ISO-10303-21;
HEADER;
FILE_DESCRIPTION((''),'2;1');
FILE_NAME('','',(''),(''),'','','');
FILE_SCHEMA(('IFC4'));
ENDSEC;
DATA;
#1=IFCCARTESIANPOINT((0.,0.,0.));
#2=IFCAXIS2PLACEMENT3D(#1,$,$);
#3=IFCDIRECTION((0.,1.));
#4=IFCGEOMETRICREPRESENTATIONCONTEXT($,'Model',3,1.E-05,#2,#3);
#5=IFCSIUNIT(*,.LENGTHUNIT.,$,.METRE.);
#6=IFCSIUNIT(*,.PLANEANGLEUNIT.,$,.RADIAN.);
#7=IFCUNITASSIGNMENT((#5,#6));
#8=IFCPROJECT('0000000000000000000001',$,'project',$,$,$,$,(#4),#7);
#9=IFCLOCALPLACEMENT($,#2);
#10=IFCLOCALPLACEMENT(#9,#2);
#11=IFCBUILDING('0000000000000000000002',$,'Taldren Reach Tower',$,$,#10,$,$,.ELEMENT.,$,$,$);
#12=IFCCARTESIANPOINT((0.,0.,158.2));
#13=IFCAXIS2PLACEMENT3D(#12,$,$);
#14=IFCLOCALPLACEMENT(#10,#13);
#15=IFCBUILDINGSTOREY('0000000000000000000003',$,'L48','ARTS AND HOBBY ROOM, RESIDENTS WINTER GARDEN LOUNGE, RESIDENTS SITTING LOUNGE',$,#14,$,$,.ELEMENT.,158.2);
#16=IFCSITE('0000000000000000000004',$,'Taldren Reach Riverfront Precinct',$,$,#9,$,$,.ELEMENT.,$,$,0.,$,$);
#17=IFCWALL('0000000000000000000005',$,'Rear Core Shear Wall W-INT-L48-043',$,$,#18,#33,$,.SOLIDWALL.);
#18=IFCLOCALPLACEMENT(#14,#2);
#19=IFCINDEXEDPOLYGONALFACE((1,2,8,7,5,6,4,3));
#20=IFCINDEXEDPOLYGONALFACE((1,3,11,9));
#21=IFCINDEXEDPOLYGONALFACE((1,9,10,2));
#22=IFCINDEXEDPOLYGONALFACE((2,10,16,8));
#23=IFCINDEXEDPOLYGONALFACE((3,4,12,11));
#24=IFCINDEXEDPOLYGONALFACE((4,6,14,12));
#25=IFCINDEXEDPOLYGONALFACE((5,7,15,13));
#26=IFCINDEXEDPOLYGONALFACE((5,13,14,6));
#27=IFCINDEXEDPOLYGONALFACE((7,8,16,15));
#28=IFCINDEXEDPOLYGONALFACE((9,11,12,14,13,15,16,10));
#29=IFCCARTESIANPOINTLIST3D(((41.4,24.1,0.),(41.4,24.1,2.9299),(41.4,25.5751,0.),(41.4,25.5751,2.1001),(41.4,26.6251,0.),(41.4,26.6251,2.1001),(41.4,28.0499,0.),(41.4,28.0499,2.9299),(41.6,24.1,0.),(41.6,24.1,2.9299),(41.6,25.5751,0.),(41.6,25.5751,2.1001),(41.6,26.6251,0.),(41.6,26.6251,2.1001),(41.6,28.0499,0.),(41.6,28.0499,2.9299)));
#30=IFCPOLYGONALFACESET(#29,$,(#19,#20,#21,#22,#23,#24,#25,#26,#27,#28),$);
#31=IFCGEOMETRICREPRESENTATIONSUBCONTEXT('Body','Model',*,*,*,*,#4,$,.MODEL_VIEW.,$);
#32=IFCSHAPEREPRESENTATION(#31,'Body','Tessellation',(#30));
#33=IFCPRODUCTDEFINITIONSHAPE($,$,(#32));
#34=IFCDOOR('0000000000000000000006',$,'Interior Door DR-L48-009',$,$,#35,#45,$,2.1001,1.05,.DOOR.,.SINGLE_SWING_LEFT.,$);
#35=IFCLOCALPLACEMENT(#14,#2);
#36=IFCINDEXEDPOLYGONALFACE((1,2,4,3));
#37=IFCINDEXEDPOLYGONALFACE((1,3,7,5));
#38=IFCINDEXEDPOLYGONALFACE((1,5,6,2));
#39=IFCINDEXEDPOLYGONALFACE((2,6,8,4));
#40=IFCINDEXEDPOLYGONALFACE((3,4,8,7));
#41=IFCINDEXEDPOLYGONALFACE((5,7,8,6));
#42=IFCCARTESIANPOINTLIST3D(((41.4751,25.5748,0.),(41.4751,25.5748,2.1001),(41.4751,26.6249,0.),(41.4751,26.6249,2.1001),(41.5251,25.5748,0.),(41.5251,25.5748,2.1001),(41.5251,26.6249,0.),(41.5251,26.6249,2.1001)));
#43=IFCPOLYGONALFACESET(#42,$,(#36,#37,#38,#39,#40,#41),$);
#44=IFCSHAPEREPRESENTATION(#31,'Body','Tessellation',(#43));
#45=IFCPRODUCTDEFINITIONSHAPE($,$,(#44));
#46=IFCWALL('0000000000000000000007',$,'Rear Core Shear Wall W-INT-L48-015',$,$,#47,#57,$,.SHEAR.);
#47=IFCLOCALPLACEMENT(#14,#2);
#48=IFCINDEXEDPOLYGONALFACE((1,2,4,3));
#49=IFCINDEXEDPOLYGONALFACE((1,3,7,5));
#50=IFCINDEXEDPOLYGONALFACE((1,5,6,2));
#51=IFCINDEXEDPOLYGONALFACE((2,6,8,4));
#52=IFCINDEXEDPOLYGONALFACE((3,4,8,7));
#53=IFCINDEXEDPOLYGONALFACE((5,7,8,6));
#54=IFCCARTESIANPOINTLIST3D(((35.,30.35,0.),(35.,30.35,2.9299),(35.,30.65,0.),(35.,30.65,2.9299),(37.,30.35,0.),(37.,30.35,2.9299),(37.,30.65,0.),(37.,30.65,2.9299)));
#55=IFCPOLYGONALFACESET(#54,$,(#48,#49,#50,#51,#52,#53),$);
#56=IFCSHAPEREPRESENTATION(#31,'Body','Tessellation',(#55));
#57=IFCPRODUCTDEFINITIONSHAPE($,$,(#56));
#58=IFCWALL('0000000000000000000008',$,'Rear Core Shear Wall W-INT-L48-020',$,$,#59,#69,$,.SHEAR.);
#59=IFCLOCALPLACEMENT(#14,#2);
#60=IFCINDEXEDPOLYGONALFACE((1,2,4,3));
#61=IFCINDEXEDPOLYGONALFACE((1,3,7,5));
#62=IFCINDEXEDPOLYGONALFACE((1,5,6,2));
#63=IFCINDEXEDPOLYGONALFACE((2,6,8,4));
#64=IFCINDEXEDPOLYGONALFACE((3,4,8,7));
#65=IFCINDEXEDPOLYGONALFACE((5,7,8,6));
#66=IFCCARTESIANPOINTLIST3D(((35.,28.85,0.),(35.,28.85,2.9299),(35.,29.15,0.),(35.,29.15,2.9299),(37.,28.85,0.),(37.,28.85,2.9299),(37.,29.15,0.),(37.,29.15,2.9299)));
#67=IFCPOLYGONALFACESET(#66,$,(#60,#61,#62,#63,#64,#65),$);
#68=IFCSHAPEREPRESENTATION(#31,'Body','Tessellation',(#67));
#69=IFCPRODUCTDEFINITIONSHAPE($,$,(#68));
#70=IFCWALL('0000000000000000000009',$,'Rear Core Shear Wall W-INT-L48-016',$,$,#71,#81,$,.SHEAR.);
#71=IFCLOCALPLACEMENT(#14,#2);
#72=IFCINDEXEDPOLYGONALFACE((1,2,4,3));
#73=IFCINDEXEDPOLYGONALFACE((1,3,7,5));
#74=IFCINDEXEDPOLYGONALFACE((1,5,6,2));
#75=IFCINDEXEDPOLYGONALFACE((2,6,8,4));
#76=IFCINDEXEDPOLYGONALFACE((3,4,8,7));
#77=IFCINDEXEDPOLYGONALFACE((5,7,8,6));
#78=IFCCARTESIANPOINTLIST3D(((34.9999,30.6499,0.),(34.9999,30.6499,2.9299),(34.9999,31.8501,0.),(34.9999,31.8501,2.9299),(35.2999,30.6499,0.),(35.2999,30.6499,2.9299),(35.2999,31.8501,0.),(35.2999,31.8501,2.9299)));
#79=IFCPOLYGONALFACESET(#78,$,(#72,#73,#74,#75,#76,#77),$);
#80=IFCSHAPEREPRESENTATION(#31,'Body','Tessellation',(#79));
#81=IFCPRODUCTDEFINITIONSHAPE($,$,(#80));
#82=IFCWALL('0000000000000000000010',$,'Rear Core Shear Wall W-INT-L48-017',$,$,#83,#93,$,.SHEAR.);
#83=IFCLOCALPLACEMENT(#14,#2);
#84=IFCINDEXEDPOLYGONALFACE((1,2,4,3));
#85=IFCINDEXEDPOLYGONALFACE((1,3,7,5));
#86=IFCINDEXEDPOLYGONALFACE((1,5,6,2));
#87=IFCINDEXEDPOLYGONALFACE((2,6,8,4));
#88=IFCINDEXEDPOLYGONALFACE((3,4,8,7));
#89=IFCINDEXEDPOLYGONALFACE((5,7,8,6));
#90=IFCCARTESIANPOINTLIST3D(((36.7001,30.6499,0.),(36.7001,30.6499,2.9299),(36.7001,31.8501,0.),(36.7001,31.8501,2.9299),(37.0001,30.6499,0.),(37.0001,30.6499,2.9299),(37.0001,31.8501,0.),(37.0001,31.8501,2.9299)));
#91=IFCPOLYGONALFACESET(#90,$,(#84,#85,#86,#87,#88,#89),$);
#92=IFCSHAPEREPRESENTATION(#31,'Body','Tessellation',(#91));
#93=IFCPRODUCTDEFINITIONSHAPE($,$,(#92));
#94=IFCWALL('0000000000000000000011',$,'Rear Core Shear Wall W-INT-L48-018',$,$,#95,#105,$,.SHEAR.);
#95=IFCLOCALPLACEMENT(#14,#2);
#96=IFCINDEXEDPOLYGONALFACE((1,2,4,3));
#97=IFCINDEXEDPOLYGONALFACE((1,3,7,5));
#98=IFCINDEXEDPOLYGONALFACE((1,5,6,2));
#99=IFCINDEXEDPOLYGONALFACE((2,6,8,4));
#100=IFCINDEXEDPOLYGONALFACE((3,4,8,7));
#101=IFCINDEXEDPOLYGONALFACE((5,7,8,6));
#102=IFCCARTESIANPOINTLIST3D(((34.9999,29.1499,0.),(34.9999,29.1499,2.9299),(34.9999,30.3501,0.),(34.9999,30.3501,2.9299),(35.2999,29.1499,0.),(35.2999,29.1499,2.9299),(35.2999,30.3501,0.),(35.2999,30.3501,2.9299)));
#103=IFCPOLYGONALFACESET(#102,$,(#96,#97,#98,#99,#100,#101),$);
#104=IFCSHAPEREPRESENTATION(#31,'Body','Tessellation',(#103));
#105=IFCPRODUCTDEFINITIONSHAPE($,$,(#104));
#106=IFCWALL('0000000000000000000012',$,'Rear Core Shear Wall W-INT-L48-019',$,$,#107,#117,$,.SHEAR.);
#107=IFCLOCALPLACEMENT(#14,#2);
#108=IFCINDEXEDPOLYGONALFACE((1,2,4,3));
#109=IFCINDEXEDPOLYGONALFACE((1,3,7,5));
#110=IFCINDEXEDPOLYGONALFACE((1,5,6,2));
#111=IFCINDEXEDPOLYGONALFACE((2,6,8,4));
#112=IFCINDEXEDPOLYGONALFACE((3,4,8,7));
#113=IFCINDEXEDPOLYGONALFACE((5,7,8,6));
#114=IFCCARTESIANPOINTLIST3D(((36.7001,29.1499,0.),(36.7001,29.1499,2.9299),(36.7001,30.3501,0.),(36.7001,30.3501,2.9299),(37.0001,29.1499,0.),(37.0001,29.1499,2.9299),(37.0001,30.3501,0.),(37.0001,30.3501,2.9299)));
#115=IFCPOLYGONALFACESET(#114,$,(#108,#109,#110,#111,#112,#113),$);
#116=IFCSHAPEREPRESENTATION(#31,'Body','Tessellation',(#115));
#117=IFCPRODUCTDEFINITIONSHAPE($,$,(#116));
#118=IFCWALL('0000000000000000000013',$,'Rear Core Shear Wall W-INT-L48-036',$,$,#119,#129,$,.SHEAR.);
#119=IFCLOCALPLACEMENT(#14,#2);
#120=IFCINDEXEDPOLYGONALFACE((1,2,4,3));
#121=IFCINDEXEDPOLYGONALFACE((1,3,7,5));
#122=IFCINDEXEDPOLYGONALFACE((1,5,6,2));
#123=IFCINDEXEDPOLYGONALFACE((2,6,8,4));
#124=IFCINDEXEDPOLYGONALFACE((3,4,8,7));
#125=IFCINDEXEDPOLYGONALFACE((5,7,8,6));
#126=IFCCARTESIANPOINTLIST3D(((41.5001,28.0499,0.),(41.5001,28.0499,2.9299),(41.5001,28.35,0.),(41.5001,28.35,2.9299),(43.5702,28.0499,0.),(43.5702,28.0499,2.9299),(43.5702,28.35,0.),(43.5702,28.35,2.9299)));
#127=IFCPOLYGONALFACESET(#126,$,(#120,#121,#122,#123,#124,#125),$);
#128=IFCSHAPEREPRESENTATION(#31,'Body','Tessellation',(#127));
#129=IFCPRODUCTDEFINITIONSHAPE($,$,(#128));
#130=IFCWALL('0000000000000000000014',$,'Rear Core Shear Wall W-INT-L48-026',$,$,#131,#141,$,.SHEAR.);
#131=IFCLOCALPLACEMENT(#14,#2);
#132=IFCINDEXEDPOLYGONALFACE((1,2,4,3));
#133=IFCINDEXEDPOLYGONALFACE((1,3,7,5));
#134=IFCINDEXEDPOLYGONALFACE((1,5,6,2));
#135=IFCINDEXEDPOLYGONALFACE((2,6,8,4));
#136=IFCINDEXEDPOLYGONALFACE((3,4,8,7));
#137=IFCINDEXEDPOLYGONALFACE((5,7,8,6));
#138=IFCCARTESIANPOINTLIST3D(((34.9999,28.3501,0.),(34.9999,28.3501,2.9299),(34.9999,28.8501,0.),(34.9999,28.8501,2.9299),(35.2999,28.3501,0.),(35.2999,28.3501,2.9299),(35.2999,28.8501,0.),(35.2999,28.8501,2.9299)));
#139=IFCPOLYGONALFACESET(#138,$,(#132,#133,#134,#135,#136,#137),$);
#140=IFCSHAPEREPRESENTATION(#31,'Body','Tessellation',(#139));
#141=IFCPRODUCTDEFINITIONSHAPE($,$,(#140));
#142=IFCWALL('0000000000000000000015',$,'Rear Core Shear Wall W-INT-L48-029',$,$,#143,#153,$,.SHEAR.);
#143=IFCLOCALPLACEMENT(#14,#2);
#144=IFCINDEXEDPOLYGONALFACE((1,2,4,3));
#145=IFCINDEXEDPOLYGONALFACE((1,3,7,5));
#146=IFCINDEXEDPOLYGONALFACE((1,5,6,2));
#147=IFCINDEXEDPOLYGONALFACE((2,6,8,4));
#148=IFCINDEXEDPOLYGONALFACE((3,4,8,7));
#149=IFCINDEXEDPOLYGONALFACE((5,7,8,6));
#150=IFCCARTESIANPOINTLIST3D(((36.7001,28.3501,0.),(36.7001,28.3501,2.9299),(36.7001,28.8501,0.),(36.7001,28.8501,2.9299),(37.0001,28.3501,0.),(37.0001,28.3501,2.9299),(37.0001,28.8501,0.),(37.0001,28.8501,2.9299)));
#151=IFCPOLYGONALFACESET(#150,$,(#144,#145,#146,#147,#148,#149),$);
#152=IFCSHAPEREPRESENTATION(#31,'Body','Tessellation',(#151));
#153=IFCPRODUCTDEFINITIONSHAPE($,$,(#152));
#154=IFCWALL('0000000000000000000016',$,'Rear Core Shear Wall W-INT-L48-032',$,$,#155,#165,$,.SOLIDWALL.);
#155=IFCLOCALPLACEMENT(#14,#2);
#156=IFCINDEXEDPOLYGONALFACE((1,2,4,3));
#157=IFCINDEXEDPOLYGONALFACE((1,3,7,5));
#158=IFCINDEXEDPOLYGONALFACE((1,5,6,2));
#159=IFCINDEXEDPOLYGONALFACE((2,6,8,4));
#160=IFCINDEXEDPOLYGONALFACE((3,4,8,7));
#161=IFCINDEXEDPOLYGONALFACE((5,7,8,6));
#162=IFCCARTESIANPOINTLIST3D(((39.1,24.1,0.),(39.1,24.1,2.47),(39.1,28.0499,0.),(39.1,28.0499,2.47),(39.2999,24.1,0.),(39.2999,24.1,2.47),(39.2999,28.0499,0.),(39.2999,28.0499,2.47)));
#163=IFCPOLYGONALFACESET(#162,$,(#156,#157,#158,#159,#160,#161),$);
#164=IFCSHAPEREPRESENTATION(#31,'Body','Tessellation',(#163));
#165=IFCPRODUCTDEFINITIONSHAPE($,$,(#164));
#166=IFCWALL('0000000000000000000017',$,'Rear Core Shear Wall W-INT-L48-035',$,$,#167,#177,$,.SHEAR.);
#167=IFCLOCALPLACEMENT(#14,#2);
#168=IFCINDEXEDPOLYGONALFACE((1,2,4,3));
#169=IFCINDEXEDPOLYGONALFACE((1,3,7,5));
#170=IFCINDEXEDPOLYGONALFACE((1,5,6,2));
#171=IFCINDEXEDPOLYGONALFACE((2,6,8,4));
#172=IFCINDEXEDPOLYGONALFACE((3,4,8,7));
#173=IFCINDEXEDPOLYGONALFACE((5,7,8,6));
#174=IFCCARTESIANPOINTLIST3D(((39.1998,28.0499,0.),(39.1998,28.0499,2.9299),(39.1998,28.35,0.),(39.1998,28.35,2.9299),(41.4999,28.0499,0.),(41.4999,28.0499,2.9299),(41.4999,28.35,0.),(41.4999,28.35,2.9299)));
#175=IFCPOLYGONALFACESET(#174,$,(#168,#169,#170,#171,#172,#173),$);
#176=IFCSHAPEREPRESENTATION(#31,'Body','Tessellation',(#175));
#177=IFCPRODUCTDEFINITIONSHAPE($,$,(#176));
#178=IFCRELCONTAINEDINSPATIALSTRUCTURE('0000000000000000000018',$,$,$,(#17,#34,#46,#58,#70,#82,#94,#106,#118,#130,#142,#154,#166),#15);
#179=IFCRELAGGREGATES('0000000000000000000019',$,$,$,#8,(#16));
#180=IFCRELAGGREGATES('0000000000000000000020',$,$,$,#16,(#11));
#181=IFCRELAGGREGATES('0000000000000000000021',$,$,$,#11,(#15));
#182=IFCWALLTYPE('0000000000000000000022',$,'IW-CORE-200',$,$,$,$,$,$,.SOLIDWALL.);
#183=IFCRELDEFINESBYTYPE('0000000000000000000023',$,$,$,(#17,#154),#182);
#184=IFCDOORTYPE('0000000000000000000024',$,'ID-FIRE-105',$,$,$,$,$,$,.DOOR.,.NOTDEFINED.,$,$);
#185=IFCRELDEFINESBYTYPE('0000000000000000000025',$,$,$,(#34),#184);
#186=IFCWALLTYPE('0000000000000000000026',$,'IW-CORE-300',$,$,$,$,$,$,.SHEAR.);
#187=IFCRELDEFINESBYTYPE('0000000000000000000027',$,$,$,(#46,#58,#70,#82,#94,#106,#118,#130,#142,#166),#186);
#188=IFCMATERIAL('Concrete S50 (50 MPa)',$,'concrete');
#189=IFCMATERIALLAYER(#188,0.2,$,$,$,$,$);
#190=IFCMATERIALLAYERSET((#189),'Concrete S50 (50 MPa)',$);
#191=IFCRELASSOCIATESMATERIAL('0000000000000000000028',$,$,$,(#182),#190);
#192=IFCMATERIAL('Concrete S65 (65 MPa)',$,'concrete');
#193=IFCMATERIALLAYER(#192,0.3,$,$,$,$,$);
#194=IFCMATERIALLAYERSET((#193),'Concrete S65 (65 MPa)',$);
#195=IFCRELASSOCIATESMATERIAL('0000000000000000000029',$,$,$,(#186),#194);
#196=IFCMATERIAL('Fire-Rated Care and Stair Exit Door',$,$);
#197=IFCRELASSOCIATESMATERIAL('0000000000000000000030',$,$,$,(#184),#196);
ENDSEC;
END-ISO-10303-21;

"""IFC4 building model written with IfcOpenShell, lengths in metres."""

from ifc_helpers import new_model, si_unit, direction, frame, frame_2d, origin, place, context, subcontext, project, spatial, rectangle, extrude, source, transform, mapped, material, layer, layer_set, type_object, element, fill, save


model = new_model("IFC4")

# Units and contexts
model_context = context("Model", 3, precision=1e-05, world=origin(), true_north=direction((0.0, 1.0)))
body_context = subcontext(model_context, "Body", "Model", "MODEL_VIEW")
ifc_project = project(units=[si_unit("LENGTHUNIT", "METRE"), si_unit("PLANEANGLEUNIT", "RADIAN")], contexts=[model_context])

# Site, building, storey
site_placement = place(None, origin())
site = spatial("IfcSite", under=ifc_project, at=site_placement, Name="Taldren Reach Riverfront Precinct", CompositionType="ELEMENT", RefElevation=0.0)
building_placement = place(site_placement, origin())
building = spatial("IfcBuilding", under=site, at=building_placement, Name="Taldren Reach Tower", CompositionType="ELEMENT")
storey_placement = place(building_placement, frame((0.0, 0.0, 158.2)))
storey = spatial("IfcBuildingStorey", under=building, at=storey_placement, Name="L48", Description="ARTS AND HOBBY ROOM, RESIDENTS WINTER GARDEN LOUNGE, RESIDENTS SITTING LOUNGE", CompositionType="ELEMENT", Elevation=158.2)

# Shared definitions
ifc_material_1 = material(Name="Concrete S50 (50 MPa)", Category="concrete")
ifc_layer_1 = layer(ifc_material_1, 0.2)
ifc_layer_set_1 = layer_set([ifc_layer_1], Name="Concrete S50 (50 MPa)")
wall_type_1 = type_object("IfcWallType", Name="IW-CORE-200", PredefinedType="SOLIDWALL", material=ifc_layer_set_1)
ifc_material_2 = material(Name="Concrete S65 (65 MPa)", Category="concrete")
ifc_layer_2 = layer(ifc_material_2, 0.3)
ifc_layer_set_2 = layer_set([ifc_layer_2], Name="Concrete S65 (65 MPa)")
wall_type_2 = type_object("IfcWallType", Name="IW-CORE-300", PredefinedType="SHEAR", material=ifc_layer_set_2)

# Shared definitions
ifc_material_3 = material(Name="Fire-Rated Care and Stair Exit Door")
door_type_1 = type_object("IfcDoorType", Name="ID-FIRE-105", OperationType="NOTDEFINED", PredefinedType="DOOR", material=ifc_material_3)
shared_shape_1 = source(origin(), body_context, "Body", "SweptSolid", [
    extrude(rectangle(XDim=1.05, YDim=2.1001, at=frame_2d((0.5249, 1.05))), frame((0.0, 0.0249, 0.0), z_axis=(0.0, -1.0, 0.0), x_axis=(1.0, 0.0, 0.0)), (0.0, 0.0, 1.0), 0.05),
])

# Shared definitions
shared_shape_2 = source(origin(), body_context, "Body", "SweptSolid", [
    extrude(rectangle(XDim=3.95, YDim=0.2, at=frame_2d((1.9751, 0.0))), origin(), (0.0, 0.0, 1.0), 2.9299),
])

# Wall, opening, door
wall_1_placement = place(storey_placement, frame((41.5, 28.05, 0.0), z_axis=(0.0, 0.0, 1.0), x_axis=(0.0, -1.0, 0.0)))
wall_1 = element("IfcWall", 1, at=wall_1_placement, inside=storey, type_object=wall_type_1, Name="Rear Core Shear Wall W-INT-L48-043", PredefinedType="SOLIDWALL", context=body_context, shape_type="MappedRepresentation", body=[
    mapped(shared_shape_2, transform((0.0, 0.0, 0.0), scale=1.0)),
])
shared_shape_3 = source(origin(), body_context, "Body", "SweptSolid", [
    extrude(rectangle(XDim=1.05, YDim=2.1001, at=frame_2d((0.5249, 1.05))), frame((0.0, 0.1099, 0.0), z_axis=(0.0, -1.0, 0.0), x_axis=(1.0, 0.0, 0.0)), (0.0, 0.0, 1.0), 0.22),
])
opening_1_placement = place(wall_1_placement, frame((1.425, 0.0, 0.0)))
opening_1 = element("IfcOpeningElement", 2, at=opening_1_placement, cuts=wall_1, PredefinedType="OPENING", context=body_context, shape_type="MappedRepresentation", body=[
    mapped(shared_shape_3, transform((0.0, 0.0, 0.0), scale=1.0)),
])
door_1_placement = place(opening_1_placement, frame((1.05, 0.0, 0.0), z_axis=(0.0, 0.0, 1.0), x_axis=(-1.0, 0.0, 0.0)))
door_1 = element("IfcDoor", 3, at=door_1_placement, inside=storey, type_object=door_type_1, Name="Interior Door DR-L48-009", OperationType="SINGLE_SWING_LEFT", OverallHeight=2.1001, OverallWidth=1.05, PredefinedType="DOOR", context=body_context, shape_type="MappedRepresentation", body=[
    mapped(shared_shape_1, transform((0.0, 0.0, 0.0), scale=1.0)),
])
fill(opening_1, door_1)

# Walls
shared_shape_4 = source(origin(), body_context, "Body", "SweptSolid", [
    extrude(rectangle(XDim=2.0, YDim=0.3, at=frame_2d((1.0, 0.0))), origin(), (0.0, 0.0, 1.0), 2.9299),
])
for number, where, z_axis, x_axis, name in (
    (4, (35.0, 30.5, 0.0), (0.0, 0.0, 1.0), (1.0, 0.0, 0.0), "Rear Core Shear Wall W-INT-L48-015"),
    (5, (35.0, 29.0, 0.0), (0.0, 0.0, 1.0), (1.0, 0.0, 0.0), "Rear Core Shear Wall W-INT-L48-020"),
):
    element("IfcWall", number, at=place(storey_placement, frame(where, z_axis=z_axis, x_axis=x_axis)), inside=storey, type_object=wall_type_2, Name=name, PredefinedType="SHEAR", context=body_context, shape_type="MappedRepresentation", body=[
        mapped(shared_shape_4, transform((0.0, 0.0, 0.0), scale=1.0)),
    ])
shared_shape_5 = source(origin(), body_context, "Body", "SweptSolid", [
    extrude(rectangle(XDim=1.2002, YDim=0.3, at=frame_2d((0.6001, 0.0))), origin(), (0.0, 0.0, 1.0), 2.9299),
])
for number, where, z_axis, x_axis, name in (
    (6, (35.1499, 31.8501, 0.0), (0.0, 0.0, 1.0), (0.0, -1.0, 0.0), "Rear Core Shear Wall W-INT-L48-016"),
    (7, (36.8501, 30.6499, 0.0), (0.0, 0.0, 1.0), (0.0, 1.0, 0.0), "Rear Core Shear Wall W-INT-L48-017"),
    (8, (35.1499, 30.3501, 0.0), (0.0, 0.0, 1.0), (0.0, -1.0, 0.0), "Rear Core Shear Wall W-INT-L48-018"),
    (9, (36.8501, 29.1499, 0.0), (0.0, 0.0, 1.0), (0.0, 1.0, 0.0), "Rear Core Shear Wall W-INT-L48-019"),
):
    element("IfcWall", number, at=place(storey_placement, frame(where, z_axis=z_axis, x_axis=x_axis)), inside=storey, type_object=wall_type_2, Name=name, PredefinedType="SHEAR", context=body_context, shape_type="MappedRepresentation", body=[
        mapped(shared_shape_5, transform((0.0, 0.0, 0.0), scale=1.0)),
    ])
shared_shape_6 = source(origin(), body_context, "Body", "SweptSolid", [
    extrude(rectangle(XDim=2.0701, YDim=0.3, at=frame_2d((1.0352, 0.0))), origin(), (0.0, 0.0, 1.0), 2.9299),
])
wall_2_placement = place(storey_placement, frame((41.5, 28.2, 0.0), z_axis=(0.0, 0.0, 1.0), x_axis=(1.0, 0.0, 0.0)))
element("IfcWall", 10, at=wall_2_placement, inside=storey, type_object=wall_type_2, Name="Rear Core Shear Wall W-INT-L48-036", PredefinedType="SHEAR", context=body_context, shape_type="MappedRepresentation", body=[
    mapped(shared_shape_6, transform((0.0, 0.0, 0.0), scale=1.0)),
])
shared_shape_7 = source(origin(), body_context, "Body", "SweptSolid", [
    extrude(rectangle(XDim=0.5, YDim=0.3, at=frame_2d((0.25, 0.0))), origin(), (0.0, 0.0, 1.0), 2.9299),
])
for number, where, z_axis, x_axis, name in (
    (11, (35.1499, 28.3501, 0.0), (0.0, 0.0, 1.0), (0.0, 1.0, 0.0), "Rear Core Shear Wall W-INT-L48-026"),
    (12, (36.8501, 28.8501, 0.0), (0.0, 0.0, 1.0), (0.0, -1.0, 0.0), "Rear Core Shear Wall W-INT-L48-029"),
):
    element("IfcWall", number, at=place(storey_placement, frame(where, z_axis=z_axis, x_axis=x_axis)), inside=storey, type_object=wall_type_2, Name=name, PredefinedType="SHEAR", context=body_context, shape_type="MappedRepresentation", body=[
        mapped(shared_shape_7, transform((0.0, 0.0, 0.0), scale=1.0)),
    ])

# Walls
shared_shape_8 = source(origin(), body_context, "Body", "SweptSolid", [
    extrude(rectangle(XDim=3.95, YDim=0.2, at=frame_2d((1.9751, 0.0))), origin(), (0.0, 0.0, 1.0), 2.47),
])
wall_3_placement = place(storey_placement, frame((39.2, 28.05, 0.0), z_axis=(0.0, 0.0, 1.0), x_axis=(0.0, -1.0, 0.0)))
element("IfcWall", 13, at=wall_3_placement, inside=storey, type_object=wall_type_1, Name="Rear Core Shear Wall W-INT-L48-032", PredefinedType="SOLIDWALL", context=body_context, shape_type="MappedRepresentation", body=[
    mapped(shared_shape_8, transform((0.0, 0.0, 0.0), scale=1.0)),
])
shared_shape_9 = source(origin(), body_context, "Body", "SweptSolid", [
    extrude(rectangle(XDim=2.3, YDim=0.3, at=frame_2d((1.1499, 0.0))), origin(), (0.0, 0.0, 1.0), 2.9299),
])
wall_4_placement = place(storey_placement, frame((39.2, 28.2, 0.0), z_axis=(0.0, 0.0, 1.0), x_axis=(1.0, 0.0, 0.0)))
element("IfcWall", 14, at=wall_4_placement, inside=storey, type_object=wall_type_2, Name="Rear Core Shear Wall W-INT-L48-035", PredefinedType="SHEAR", context=body_context, shape_type="MappedRepresentation", body=[
    mapped(shared_shape_9, transform((0.0, 0.0, 0.0), scale=1.0)),
])

save(model, "model.ifc")
